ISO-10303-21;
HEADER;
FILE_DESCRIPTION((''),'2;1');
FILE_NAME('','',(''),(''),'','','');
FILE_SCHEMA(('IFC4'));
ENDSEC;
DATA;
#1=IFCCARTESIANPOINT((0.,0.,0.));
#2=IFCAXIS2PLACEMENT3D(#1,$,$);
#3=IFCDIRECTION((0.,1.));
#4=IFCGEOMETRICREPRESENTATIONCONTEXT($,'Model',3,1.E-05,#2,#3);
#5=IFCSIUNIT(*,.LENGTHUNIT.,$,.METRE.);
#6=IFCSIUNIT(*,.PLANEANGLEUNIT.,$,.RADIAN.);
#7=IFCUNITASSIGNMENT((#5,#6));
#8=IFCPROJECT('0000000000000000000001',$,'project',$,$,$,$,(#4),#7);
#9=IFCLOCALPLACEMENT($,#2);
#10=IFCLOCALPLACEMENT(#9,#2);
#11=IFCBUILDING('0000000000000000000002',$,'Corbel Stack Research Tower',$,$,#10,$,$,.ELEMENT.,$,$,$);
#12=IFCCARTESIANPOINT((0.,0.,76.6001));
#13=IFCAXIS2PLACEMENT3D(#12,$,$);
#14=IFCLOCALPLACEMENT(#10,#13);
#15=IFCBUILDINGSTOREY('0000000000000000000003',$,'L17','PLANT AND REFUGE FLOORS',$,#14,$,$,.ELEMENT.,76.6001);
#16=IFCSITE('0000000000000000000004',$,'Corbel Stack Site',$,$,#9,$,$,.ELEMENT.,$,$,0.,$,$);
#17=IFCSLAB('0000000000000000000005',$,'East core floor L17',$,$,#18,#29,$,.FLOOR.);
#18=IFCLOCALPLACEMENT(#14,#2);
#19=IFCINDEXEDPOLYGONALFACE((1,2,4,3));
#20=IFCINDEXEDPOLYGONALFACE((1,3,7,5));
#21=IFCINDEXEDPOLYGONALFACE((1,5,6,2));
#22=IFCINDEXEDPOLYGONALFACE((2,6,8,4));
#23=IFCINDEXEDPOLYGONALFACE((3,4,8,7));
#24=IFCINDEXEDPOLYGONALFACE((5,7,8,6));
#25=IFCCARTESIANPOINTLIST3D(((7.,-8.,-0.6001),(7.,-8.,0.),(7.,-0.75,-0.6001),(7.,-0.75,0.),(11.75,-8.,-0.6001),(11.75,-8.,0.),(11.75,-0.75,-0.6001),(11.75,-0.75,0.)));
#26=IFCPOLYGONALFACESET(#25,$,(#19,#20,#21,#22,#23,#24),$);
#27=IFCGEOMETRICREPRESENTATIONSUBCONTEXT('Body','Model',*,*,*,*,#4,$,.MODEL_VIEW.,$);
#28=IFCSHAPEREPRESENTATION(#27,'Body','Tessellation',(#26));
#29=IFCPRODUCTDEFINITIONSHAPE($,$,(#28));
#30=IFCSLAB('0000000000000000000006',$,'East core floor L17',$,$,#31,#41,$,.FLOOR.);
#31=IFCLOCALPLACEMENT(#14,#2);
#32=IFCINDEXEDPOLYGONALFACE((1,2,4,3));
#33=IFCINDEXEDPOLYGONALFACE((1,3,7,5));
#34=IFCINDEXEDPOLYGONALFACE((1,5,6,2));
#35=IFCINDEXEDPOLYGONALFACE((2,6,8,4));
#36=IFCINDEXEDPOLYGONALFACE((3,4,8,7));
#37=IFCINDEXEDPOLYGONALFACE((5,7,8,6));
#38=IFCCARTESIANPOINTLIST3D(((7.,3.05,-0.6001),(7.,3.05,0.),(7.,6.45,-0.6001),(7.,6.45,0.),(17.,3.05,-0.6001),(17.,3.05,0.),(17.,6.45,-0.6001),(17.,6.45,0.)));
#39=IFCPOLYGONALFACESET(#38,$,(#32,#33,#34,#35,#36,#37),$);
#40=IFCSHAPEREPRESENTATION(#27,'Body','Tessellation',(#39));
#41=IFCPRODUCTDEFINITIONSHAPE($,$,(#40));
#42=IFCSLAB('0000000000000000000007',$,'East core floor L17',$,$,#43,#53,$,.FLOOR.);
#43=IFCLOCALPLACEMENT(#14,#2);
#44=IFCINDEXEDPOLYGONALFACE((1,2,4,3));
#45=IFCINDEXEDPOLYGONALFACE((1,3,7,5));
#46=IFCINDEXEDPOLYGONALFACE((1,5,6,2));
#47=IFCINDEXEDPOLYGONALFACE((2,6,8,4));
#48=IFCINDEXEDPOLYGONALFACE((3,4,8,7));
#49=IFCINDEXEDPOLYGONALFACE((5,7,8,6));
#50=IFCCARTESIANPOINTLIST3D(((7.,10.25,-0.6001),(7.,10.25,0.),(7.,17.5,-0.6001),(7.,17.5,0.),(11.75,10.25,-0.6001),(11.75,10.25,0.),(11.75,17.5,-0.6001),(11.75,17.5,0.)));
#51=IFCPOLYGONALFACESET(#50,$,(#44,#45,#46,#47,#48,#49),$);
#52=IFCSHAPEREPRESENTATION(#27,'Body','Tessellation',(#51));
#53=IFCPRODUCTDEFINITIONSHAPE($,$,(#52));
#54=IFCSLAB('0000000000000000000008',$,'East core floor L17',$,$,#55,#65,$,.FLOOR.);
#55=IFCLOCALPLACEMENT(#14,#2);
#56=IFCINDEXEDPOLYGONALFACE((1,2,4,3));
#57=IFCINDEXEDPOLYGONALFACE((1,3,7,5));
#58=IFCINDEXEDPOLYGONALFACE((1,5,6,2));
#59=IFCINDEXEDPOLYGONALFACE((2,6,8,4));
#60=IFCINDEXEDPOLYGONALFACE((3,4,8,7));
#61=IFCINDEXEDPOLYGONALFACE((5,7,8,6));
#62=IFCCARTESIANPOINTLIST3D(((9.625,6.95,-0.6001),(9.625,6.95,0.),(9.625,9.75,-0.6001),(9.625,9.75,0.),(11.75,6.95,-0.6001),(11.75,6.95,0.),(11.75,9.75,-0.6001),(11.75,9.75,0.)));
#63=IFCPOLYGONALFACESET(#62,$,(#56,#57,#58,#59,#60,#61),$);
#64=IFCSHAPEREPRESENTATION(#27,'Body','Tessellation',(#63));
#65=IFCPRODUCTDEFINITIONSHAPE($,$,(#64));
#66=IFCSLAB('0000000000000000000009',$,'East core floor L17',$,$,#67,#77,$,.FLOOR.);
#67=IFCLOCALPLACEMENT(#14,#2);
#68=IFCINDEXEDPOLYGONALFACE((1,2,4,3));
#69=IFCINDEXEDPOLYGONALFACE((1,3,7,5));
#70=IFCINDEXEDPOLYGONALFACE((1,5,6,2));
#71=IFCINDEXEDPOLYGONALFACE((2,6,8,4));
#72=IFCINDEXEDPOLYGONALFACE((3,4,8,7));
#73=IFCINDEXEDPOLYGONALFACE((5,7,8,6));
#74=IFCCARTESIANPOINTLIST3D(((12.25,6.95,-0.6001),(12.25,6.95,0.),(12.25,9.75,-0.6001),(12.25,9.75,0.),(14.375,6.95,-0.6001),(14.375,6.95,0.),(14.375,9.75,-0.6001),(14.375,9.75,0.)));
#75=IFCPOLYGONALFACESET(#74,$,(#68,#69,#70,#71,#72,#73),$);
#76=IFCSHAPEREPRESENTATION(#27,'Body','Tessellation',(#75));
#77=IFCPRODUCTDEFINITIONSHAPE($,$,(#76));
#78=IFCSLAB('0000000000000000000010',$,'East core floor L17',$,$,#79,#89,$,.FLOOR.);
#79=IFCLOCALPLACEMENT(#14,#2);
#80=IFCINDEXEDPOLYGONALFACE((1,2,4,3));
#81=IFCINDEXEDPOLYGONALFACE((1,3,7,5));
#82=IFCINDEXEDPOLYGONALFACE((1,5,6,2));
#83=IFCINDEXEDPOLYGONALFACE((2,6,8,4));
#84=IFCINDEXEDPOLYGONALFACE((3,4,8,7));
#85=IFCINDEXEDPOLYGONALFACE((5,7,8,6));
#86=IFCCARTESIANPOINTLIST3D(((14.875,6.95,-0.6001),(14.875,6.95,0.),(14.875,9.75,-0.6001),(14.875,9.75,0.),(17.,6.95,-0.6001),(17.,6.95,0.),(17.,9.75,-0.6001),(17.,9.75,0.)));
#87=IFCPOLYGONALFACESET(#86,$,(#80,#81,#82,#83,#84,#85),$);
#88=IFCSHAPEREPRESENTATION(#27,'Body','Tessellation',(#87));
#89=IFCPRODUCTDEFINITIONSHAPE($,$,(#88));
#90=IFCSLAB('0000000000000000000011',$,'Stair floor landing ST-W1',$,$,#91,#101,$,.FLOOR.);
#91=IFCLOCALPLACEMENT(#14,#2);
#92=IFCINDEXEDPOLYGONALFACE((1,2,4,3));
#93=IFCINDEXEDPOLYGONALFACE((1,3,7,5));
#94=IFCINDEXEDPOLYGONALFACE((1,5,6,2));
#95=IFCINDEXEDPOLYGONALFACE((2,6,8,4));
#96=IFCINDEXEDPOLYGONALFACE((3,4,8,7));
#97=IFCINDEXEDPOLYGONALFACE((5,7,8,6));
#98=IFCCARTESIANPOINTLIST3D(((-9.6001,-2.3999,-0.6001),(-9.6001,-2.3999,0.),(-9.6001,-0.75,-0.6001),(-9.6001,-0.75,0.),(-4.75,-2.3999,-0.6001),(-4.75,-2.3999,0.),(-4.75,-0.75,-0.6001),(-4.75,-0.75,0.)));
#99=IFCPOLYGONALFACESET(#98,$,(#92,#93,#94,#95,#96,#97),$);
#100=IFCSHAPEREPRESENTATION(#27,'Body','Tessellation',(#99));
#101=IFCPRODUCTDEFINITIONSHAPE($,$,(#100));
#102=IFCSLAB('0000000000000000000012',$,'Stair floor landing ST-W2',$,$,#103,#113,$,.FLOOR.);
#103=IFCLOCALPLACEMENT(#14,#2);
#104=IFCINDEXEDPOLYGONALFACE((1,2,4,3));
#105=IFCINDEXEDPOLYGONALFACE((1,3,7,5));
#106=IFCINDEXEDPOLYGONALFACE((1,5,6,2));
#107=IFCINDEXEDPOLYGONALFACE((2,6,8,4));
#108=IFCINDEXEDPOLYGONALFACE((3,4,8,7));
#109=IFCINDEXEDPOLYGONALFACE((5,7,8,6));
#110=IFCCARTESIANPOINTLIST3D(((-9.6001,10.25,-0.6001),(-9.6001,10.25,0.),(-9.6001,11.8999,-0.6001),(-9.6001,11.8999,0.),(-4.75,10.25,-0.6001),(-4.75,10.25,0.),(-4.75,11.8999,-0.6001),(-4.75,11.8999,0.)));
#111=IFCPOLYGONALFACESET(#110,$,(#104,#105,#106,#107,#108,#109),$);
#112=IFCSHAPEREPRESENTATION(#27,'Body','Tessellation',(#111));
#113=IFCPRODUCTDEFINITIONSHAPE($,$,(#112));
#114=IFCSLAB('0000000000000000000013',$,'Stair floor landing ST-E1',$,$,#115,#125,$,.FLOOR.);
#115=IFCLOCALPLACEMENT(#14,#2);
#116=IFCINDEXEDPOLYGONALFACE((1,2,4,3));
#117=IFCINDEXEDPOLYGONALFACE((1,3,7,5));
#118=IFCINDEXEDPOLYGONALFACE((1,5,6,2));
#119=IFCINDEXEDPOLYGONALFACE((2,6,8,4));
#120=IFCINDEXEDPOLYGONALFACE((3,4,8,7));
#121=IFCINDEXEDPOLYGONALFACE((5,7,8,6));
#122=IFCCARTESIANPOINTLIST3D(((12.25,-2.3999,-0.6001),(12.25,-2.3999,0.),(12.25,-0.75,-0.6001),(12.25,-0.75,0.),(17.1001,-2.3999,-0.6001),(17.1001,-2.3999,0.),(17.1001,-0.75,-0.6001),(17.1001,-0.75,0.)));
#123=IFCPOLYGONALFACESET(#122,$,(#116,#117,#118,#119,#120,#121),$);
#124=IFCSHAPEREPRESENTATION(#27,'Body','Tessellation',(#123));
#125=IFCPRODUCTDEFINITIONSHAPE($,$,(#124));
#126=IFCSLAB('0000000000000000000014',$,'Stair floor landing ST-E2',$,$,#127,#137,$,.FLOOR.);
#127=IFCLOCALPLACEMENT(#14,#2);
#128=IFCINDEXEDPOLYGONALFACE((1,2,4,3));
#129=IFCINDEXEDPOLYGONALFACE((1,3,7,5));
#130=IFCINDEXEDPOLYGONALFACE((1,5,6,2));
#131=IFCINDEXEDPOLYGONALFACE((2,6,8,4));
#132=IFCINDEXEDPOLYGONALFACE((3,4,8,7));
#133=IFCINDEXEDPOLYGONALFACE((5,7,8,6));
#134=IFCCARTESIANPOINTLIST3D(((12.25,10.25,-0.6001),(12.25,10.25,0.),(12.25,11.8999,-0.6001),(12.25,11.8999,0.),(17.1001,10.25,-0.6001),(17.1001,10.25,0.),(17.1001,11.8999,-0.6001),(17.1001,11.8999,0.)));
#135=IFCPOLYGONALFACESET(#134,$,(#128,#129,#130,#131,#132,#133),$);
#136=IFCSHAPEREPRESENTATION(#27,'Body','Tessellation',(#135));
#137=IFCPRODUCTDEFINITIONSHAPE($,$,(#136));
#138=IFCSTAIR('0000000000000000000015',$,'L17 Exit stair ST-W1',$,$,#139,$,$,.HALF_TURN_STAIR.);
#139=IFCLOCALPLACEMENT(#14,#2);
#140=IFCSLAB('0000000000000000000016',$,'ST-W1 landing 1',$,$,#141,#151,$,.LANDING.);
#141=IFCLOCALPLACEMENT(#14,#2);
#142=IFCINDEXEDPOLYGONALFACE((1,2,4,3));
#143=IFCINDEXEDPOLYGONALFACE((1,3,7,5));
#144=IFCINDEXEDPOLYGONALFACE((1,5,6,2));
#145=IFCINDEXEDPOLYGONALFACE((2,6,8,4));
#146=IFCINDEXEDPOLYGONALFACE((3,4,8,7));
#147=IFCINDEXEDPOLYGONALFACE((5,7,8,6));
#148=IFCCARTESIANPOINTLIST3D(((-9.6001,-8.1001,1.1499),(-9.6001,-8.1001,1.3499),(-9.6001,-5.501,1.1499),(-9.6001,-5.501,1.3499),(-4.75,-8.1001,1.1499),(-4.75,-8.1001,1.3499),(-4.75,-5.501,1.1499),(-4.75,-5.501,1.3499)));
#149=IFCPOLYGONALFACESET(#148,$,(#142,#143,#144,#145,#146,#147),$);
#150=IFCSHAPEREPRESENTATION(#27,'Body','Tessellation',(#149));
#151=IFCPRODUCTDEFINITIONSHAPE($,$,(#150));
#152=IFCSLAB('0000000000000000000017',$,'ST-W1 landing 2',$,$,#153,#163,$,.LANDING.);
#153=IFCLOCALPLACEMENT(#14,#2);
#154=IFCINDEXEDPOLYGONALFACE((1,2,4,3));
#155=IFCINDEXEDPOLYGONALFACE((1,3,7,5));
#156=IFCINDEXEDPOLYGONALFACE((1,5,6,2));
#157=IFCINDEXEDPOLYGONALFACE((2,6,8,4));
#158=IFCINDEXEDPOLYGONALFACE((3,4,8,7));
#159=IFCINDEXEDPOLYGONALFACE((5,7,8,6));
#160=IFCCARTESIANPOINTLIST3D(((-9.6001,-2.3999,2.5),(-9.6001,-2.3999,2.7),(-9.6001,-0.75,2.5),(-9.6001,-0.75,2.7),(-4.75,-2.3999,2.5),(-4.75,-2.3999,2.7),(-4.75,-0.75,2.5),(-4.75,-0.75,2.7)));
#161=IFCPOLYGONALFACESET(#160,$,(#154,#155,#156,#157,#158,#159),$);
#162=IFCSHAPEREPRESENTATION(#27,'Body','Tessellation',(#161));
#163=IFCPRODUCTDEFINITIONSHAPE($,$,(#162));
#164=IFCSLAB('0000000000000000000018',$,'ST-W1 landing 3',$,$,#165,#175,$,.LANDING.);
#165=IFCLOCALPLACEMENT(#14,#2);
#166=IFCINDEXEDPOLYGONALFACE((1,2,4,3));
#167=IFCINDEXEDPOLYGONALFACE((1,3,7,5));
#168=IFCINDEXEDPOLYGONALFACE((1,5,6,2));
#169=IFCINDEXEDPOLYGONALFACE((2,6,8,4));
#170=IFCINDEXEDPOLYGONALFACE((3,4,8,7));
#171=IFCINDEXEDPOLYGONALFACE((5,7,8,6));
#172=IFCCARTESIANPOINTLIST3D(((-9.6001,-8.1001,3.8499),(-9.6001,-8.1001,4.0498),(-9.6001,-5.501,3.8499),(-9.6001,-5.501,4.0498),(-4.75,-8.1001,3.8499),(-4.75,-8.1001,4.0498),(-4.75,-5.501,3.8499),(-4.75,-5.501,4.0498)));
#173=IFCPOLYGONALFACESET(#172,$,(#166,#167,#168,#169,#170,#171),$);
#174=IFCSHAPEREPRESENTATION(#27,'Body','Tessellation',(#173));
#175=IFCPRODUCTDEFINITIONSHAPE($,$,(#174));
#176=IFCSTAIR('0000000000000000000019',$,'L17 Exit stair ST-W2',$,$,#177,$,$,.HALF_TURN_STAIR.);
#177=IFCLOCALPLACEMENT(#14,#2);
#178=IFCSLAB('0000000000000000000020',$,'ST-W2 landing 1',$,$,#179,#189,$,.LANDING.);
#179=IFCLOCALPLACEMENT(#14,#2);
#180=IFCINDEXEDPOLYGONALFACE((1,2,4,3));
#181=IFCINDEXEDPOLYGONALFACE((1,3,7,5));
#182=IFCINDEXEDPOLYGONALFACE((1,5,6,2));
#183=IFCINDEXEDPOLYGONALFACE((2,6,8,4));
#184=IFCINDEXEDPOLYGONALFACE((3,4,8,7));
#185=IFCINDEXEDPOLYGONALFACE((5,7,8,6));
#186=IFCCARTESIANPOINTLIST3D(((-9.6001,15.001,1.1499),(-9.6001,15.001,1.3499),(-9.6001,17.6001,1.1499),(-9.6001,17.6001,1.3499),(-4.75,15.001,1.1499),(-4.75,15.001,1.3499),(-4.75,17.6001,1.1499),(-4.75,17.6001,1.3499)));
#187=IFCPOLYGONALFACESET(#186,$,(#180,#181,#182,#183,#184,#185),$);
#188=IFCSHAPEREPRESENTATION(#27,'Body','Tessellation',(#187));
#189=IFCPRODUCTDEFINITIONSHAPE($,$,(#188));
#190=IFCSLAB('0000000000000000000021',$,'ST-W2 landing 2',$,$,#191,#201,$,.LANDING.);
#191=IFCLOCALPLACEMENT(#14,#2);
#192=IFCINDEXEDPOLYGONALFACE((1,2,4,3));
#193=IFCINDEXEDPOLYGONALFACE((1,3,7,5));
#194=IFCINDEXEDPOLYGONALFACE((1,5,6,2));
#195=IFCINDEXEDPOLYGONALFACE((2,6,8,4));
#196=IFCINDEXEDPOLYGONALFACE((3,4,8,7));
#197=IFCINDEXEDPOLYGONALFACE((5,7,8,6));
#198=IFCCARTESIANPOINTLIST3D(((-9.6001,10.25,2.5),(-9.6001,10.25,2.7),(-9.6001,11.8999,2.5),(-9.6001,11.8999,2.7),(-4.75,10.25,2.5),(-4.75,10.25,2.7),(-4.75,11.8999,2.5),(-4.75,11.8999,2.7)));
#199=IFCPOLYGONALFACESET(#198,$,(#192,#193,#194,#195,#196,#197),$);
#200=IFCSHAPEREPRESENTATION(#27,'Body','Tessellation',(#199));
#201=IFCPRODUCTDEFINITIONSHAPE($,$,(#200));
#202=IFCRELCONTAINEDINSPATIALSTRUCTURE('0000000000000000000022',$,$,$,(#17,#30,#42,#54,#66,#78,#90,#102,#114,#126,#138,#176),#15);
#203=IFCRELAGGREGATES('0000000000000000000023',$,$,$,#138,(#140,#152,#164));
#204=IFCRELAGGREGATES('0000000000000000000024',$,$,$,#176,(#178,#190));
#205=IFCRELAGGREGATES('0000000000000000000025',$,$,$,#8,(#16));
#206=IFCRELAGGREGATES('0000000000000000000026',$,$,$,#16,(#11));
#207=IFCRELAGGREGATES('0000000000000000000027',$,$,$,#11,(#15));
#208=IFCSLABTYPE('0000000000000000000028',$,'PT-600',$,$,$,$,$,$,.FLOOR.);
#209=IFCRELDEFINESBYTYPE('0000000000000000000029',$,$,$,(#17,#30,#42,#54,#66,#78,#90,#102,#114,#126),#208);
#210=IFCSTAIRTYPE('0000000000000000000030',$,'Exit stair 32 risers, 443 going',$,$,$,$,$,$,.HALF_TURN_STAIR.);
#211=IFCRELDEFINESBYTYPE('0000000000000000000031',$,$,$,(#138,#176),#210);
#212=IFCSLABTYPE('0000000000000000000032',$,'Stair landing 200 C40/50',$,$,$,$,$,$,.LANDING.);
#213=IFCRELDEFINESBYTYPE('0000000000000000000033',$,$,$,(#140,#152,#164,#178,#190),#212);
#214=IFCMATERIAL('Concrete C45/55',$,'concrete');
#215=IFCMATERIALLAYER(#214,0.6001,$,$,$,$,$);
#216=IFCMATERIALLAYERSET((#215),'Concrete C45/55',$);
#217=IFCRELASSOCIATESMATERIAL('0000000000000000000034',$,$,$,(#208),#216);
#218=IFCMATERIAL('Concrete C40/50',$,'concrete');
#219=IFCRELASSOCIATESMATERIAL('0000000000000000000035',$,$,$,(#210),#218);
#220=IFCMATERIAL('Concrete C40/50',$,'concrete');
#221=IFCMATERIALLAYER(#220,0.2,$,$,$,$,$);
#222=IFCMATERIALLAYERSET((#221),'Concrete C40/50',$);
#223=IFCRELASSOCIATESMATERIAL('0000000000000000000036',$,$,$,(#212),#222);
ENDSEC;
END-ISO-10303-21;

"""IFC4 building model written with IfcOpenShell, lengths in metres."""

from ifc_helpers import new_model, si_unit, direction, frame, origin, place, context, subcontext, project, spatial, polyline, outline, extrude, material, layer, layer_set, type_object, element, aggregate, save


model = new_model("IFC4")

# Units and contexts
model_context = context("Model", 3, precision=1e-05, world=origin(), true_north=direction((0.0, 1.0)))
body_context = subcontext(model_context, "Body", "Model", "MODEL_VIEW")
ifc_project = project(units=[si_unit("LENGTHUNIT", "METRE"), si_unit("PLANEANGLEUNIT", "RADIAN")], contexts=[model_context])

# Site, building, storey
site_placement = place(None, origin())
site = spatial("IfcSite", under=ifc_project, at=site_placement, Name="Corbel Stack Site", CompositionType="ELEMENT", RefElevation=0.0)
building_placement = place(site_placement, origin())
building = spatial("IfcBuilding", under=site, at=building_placement, Name="Corbel Stack Research Tower", CompositionType="ELEMENT")
storey_placement = place(building_placement, frame((0.0, 0.0, 76.6001)))
storey = spatial("IfcBuildingStorey", under=building, at=storey_placement, Name="L17", Description="PLANT AND REFUGE FLOORS", CompositionType="ELEMENT", Elevation=76.6001)

# Slabs
ifc_material_1 = material(Name="Concrete C45/55", Category="concrete")
ifc_layer_1 = layer(ifc_material_1, 0.6001)
ifc_layer_set_1 = layer_set([ifc_layer_1], Name="Concrete C45/55")
slab_type_1 = type_object("IfcSlabType", Name="PT-600", PredefinedType="FLOOR", material=ifc_layer_set_1)
slab_1_placement = place(storey_placement, frame((0.0, 0.0, -0.6001)))
element("IfcSlab", 1, at=slab_1_placement, inside=storey, type_object=slab_type_1, Name="East core floor L17", PredefinedType="FLOOR", context=body_context, shape_type="SweptSolid", body=[
    extrude(outline(polyline([(7.0, -0.75), (7.0, -8.0), (11.75, -8.0), (11.75, -0.75), (7.0, -0.75)])), origin(), (0.0, 0.0, 1.0), 0.6001),
])
slab_2_placement = place(storey_placement, frame((0.0, 0.0, -0.6001)))
element("IfcSlab", 2, at=slab_2_placement, inside=storey, type_object=slab_type_1, Name="East core floor L17", PredefinedType="FLOOR", context=body_context, shape_type="SweptSolid", body=[
    extrude(outline(polyline([(7.0, 6.45), (7.0, 3.05), (17.0, 3.05), (17.0, 6.45), (7.0, 6.45)])), origin(), (0.0, 0.0, 1.0), 0.6001),
])
slab_3_placement = place(storey_placement, frame((0.0, 0.0, -0.6001)))
element("IfcSlab", 3, at=slab_3_placement, inside=storey, type_object=slab_type_1, Name="East core floor L17", PredefinedType="FLOOR", context=body_context, shape_type="SweptSolid", body=[
    extrude(outline(polyline([(7.0, 17.5), (7.0, 10.25), (11.75, 10.25), (11.75, 17.5), (7.0, 17.5)])), origin(), (0.0, 0.0, 1.0), 0.6001),
])
slab_4_placement = place(storey_placement, frame((0.0, 0.0, -0.6001)))
element("IfcSlab", 4, at=slab_4_placement, inside=storey, type_object=slab_type_1, Name="East core floor L17", PredefinedType="FLOOR", context=body_context, shape_type="SweptSolid", body=[
    extrude(outline(polyline([(9.625, 6.95), (11.75, 6.95), (11.75, 9.75), (9.625, 9.75), (9.625, 6.95)])), origin(), (0.0, 0.0, 1.0), 0.6001),
])
slab_5_placement = place(storey_placement, frame((0.0, 0.0, -0.6001)))
element("IfcSlab", 5, at=slab_5_placement, inside=storey, type_object=slab_type_1, Name="East core floor L17", PredefinedType="FLOOR", context=body_context, shape_type="SweptSolid", body=[
    extrude(outline(polyline([(14.375, 6.95), (14.375, 9.75), (12.25, 9.75), (12.25, 6.95), (14.375, 6.95)])), origin(), (0.0, 0.0, 1.0), 0.6001),
])
slab_6_placement = place(storey_placement, frame((0.0, 0.0, -0.6001)))
element("IfcSlab", 6, at=slab_6_placement, inside=storey, type_object=slab_type_1, Name="East core floor L17", PredefinedType="FLOOR", context=body_context, shape_type="SweptSolid", body=[
    extrude(outline(polyline([(17.0, 6.95), (17.0, 9.75), (14.875, 9.75), (14.875, 6.95), (17.0, 6.95)])), origin(), (0.0, 0.0, 1.0), 0.6001),
])
slab_7_placement = place(storey_placement, frame((0.0, 0.0, -0.6001)))
element("IfcSlab", 7, at=slab_7_placement, inside=storey, type_object=slab_type_1, Name="Stair floor landing ST-W1", PredefinedType="FLOOR", context=body_context, shape_type="SweptSolid", body=[
    extrude(outline(polyline([(-9.6001, -2.3999), (-4.75, -2.3999), (-4.75, -0.75), (-9.6001, -0.75), (-9.6001, -2.3999)])), origin(), (0.0, 0.0, 1.0), 0.6001),
])
slab_8_placement = place(storey_placement, frame((0.0, 0.0, -0.6001)))
element("IfcSlab", 8, at=slab_8_placement, inside=storey, type_object=slab_type_1, Name="Stair floor landing ST-W2", PredefinedType="FLOOR", context=body_context, shape_type="SweptSolid", body=[
    extrude(outline(polyline([(-9.6001, 10.25), (-4.75, 10.25), (-4.75, 11.8999), (-9.6001, 11.8999), (-9.6001, 10.25)])), origin(), (0.0, 0.0, 1.0), 0.6001),
])
slab_9_placement = place(storey_placement, frame((0.0, 0.0, -0.6001)))
element("IfcSlab", 9, at=slab_9_placement, inside=storey, type_object=slab_type_1, Name="Stair floor landing ST-E1", PredefinedType="FLOOR", context=body_context, shape_type="SweptSolid", body=[
    extrude(outline(polyline([(12.25, -2.3999), (17.1001, -2.3999), (17.1001, -0.75), (12.25, -0.75), (12.25, -2.3999)])), origin(), (0.0, 0.0, 1.0), 0.6001),
])
slab_10_placement = place(storey_placement, frame((0.0, 0.0, -0.6001)))
element("IfcSlab", 10, at=slab_10_placement, inside=storey, type_object=slab_type_1, Name="Stair floor landing ST-E2", PredefinedType="FLOOR", context=body_context, shape_type="SweptSolid", body=[
    extrude(outline(polyline([(12.25, 10.25), (17.1001, 10.25), (17.1001, 11.8999), (12.25, 11.8999), (12.25, 10.25)])), origin(), (0.0, 0.0, 1.0), 0.6001),
])

# Stairs, slabs
ifc_material_2 = material(Name="Concrete C40/50", Category="concrete")
stair_type = type_object("IfcStairType", Name="Exit stair 32 risers, 443 going", PredefinedType="HALF_TURN_STAIR", material=ifc_material_2)
stair_1_placement = place(storey_placement, origin())
stair_1 = element("IfcStair", 11, at=stair_1_placement, inside=storey, type_object=stair_type, Name="L17 Exit stair ST-W1", PredefinedType="HALF_TURN_STAIR")
ifc_material_3 = material(Name="Concrete C40/50", Category="concrete")
ifc_layer_2 = layer(ifc_material_3, 0.2)
ifc_layer_set_2 = layer_set([ifc_layer_2], Name="Concrete C40/50")
slab_type_2 = type_object("IfcSlabType", Name="Stair landing 200 C40/50", PredefinedType="LANDING", material=ifc_layer_set_2)
slab_11_placement = place(storey_placement, frame((0.0, 0.0, 1.1499)))
slab_11 = element("IfcSlab", 12, at=slab_11_placement, type_object=slab_type_2, Name="ST-W1 landing 1", PredefinedType="LANDING", context=body_context, shape_type="SweptSolid", body=[
    extrude(outline(polyline([(-9.6001, -8.1001), (-9.6001, -5.501), (-4.75, -5.501), (-4.75, -8.1001), (-9.6001, -8.1001)])), origin(), (0.0, 0.0, 1.0), 0.2),
])
slab_12_placement = place(storey_placement, frame((0.0, 0.0, 2.5)))
slab_12 = element("IfcSlab", 13, at=slab_12_placement, type_object=slab_type_2, Name="ST-W1 landing 2", PredefinedType="LANDING", context=body_context, shape_type="SweptSolid", body=[
    extrude(outline(polyline([(-9.6001, -2.3999), (-9.6001, -0.75), (-4.75, -0.75), (-4.75, -2.3999), (-9.6001, -2.3999)])), origin(), (0.0, 0.0, 1.0), 0.2),
])
slab_13_placement = place(storey_placement, frame((0.0, 0.0, 3.8499)))
slab_13 = element("IfcSlab", 14, at=slab_13_placement, type_object=slab_type_2, Name="ST-W1 landing 3", PredefinedType="LANDING", context=body_context, shape_type="SweptSolid", body=[
    extrude(outline(polyline([(-9.6001, -8.1001), (-9.6001, -5.501), (-4.75, -5.501), (-4.75, -8.1001), (-9.6001, -8.1001)])), origin(), (0.0, 0.0, 1.0), 0.2),
])
aggregate(stair_1, [slab_11, slab_12, slab_13])
stair_2_placement = place(storey_placement, origin())
stair_2 = element("IfcStair", 15, at=stair_2_placement, inside=storey, type_object=stair_type, Name="L17 Exit stair ST-W2", PredefinedType="HALF_TURN_STAIR")
slab_14_placement = place(storey_placement, frame((0.0, 0.0, 1.1499)))
slab_14 = element("IfcSlab", 16, at=slab_14_placement, type_object=slab_type_2, Name="ST-W2 landing 1", PredefinedType="LANDING", context=body_context, shape_type="SweptSolid", body=[
    extrude(outline(polyline([(-9.6001, 15.001), (-9.6001, 17.6001), (-4.75, 17.6001), (-4.75, 15.001), (-9.6001, 15.001)])), origin(), (0.0, 0.0, 1.0), 0.2),
])
slab_15_placement = place(storey_placement, frame((0.0, 0.0, 2.5)))
slab_15 = element("IfcSlab", 17, at=slab_15_placement, type_object=slab_type_2, Name="ST-W2 landing 2", PredefinedType="LANDING", context=body_context, shape_type="SweptSolid", body=[
    extrude(outline(polyline([(-9.6001, 10.25), (-9.6001, 11.8999), (-4.75, 11.8999), (-4.75, 10.25), (-9.6001, 10.25)])), origin(), (0.0, 0.0, 1.0), 0.2),
])
aggregate(stair_2, [slab_14, slab_15])

save(model, "model.ifc")
